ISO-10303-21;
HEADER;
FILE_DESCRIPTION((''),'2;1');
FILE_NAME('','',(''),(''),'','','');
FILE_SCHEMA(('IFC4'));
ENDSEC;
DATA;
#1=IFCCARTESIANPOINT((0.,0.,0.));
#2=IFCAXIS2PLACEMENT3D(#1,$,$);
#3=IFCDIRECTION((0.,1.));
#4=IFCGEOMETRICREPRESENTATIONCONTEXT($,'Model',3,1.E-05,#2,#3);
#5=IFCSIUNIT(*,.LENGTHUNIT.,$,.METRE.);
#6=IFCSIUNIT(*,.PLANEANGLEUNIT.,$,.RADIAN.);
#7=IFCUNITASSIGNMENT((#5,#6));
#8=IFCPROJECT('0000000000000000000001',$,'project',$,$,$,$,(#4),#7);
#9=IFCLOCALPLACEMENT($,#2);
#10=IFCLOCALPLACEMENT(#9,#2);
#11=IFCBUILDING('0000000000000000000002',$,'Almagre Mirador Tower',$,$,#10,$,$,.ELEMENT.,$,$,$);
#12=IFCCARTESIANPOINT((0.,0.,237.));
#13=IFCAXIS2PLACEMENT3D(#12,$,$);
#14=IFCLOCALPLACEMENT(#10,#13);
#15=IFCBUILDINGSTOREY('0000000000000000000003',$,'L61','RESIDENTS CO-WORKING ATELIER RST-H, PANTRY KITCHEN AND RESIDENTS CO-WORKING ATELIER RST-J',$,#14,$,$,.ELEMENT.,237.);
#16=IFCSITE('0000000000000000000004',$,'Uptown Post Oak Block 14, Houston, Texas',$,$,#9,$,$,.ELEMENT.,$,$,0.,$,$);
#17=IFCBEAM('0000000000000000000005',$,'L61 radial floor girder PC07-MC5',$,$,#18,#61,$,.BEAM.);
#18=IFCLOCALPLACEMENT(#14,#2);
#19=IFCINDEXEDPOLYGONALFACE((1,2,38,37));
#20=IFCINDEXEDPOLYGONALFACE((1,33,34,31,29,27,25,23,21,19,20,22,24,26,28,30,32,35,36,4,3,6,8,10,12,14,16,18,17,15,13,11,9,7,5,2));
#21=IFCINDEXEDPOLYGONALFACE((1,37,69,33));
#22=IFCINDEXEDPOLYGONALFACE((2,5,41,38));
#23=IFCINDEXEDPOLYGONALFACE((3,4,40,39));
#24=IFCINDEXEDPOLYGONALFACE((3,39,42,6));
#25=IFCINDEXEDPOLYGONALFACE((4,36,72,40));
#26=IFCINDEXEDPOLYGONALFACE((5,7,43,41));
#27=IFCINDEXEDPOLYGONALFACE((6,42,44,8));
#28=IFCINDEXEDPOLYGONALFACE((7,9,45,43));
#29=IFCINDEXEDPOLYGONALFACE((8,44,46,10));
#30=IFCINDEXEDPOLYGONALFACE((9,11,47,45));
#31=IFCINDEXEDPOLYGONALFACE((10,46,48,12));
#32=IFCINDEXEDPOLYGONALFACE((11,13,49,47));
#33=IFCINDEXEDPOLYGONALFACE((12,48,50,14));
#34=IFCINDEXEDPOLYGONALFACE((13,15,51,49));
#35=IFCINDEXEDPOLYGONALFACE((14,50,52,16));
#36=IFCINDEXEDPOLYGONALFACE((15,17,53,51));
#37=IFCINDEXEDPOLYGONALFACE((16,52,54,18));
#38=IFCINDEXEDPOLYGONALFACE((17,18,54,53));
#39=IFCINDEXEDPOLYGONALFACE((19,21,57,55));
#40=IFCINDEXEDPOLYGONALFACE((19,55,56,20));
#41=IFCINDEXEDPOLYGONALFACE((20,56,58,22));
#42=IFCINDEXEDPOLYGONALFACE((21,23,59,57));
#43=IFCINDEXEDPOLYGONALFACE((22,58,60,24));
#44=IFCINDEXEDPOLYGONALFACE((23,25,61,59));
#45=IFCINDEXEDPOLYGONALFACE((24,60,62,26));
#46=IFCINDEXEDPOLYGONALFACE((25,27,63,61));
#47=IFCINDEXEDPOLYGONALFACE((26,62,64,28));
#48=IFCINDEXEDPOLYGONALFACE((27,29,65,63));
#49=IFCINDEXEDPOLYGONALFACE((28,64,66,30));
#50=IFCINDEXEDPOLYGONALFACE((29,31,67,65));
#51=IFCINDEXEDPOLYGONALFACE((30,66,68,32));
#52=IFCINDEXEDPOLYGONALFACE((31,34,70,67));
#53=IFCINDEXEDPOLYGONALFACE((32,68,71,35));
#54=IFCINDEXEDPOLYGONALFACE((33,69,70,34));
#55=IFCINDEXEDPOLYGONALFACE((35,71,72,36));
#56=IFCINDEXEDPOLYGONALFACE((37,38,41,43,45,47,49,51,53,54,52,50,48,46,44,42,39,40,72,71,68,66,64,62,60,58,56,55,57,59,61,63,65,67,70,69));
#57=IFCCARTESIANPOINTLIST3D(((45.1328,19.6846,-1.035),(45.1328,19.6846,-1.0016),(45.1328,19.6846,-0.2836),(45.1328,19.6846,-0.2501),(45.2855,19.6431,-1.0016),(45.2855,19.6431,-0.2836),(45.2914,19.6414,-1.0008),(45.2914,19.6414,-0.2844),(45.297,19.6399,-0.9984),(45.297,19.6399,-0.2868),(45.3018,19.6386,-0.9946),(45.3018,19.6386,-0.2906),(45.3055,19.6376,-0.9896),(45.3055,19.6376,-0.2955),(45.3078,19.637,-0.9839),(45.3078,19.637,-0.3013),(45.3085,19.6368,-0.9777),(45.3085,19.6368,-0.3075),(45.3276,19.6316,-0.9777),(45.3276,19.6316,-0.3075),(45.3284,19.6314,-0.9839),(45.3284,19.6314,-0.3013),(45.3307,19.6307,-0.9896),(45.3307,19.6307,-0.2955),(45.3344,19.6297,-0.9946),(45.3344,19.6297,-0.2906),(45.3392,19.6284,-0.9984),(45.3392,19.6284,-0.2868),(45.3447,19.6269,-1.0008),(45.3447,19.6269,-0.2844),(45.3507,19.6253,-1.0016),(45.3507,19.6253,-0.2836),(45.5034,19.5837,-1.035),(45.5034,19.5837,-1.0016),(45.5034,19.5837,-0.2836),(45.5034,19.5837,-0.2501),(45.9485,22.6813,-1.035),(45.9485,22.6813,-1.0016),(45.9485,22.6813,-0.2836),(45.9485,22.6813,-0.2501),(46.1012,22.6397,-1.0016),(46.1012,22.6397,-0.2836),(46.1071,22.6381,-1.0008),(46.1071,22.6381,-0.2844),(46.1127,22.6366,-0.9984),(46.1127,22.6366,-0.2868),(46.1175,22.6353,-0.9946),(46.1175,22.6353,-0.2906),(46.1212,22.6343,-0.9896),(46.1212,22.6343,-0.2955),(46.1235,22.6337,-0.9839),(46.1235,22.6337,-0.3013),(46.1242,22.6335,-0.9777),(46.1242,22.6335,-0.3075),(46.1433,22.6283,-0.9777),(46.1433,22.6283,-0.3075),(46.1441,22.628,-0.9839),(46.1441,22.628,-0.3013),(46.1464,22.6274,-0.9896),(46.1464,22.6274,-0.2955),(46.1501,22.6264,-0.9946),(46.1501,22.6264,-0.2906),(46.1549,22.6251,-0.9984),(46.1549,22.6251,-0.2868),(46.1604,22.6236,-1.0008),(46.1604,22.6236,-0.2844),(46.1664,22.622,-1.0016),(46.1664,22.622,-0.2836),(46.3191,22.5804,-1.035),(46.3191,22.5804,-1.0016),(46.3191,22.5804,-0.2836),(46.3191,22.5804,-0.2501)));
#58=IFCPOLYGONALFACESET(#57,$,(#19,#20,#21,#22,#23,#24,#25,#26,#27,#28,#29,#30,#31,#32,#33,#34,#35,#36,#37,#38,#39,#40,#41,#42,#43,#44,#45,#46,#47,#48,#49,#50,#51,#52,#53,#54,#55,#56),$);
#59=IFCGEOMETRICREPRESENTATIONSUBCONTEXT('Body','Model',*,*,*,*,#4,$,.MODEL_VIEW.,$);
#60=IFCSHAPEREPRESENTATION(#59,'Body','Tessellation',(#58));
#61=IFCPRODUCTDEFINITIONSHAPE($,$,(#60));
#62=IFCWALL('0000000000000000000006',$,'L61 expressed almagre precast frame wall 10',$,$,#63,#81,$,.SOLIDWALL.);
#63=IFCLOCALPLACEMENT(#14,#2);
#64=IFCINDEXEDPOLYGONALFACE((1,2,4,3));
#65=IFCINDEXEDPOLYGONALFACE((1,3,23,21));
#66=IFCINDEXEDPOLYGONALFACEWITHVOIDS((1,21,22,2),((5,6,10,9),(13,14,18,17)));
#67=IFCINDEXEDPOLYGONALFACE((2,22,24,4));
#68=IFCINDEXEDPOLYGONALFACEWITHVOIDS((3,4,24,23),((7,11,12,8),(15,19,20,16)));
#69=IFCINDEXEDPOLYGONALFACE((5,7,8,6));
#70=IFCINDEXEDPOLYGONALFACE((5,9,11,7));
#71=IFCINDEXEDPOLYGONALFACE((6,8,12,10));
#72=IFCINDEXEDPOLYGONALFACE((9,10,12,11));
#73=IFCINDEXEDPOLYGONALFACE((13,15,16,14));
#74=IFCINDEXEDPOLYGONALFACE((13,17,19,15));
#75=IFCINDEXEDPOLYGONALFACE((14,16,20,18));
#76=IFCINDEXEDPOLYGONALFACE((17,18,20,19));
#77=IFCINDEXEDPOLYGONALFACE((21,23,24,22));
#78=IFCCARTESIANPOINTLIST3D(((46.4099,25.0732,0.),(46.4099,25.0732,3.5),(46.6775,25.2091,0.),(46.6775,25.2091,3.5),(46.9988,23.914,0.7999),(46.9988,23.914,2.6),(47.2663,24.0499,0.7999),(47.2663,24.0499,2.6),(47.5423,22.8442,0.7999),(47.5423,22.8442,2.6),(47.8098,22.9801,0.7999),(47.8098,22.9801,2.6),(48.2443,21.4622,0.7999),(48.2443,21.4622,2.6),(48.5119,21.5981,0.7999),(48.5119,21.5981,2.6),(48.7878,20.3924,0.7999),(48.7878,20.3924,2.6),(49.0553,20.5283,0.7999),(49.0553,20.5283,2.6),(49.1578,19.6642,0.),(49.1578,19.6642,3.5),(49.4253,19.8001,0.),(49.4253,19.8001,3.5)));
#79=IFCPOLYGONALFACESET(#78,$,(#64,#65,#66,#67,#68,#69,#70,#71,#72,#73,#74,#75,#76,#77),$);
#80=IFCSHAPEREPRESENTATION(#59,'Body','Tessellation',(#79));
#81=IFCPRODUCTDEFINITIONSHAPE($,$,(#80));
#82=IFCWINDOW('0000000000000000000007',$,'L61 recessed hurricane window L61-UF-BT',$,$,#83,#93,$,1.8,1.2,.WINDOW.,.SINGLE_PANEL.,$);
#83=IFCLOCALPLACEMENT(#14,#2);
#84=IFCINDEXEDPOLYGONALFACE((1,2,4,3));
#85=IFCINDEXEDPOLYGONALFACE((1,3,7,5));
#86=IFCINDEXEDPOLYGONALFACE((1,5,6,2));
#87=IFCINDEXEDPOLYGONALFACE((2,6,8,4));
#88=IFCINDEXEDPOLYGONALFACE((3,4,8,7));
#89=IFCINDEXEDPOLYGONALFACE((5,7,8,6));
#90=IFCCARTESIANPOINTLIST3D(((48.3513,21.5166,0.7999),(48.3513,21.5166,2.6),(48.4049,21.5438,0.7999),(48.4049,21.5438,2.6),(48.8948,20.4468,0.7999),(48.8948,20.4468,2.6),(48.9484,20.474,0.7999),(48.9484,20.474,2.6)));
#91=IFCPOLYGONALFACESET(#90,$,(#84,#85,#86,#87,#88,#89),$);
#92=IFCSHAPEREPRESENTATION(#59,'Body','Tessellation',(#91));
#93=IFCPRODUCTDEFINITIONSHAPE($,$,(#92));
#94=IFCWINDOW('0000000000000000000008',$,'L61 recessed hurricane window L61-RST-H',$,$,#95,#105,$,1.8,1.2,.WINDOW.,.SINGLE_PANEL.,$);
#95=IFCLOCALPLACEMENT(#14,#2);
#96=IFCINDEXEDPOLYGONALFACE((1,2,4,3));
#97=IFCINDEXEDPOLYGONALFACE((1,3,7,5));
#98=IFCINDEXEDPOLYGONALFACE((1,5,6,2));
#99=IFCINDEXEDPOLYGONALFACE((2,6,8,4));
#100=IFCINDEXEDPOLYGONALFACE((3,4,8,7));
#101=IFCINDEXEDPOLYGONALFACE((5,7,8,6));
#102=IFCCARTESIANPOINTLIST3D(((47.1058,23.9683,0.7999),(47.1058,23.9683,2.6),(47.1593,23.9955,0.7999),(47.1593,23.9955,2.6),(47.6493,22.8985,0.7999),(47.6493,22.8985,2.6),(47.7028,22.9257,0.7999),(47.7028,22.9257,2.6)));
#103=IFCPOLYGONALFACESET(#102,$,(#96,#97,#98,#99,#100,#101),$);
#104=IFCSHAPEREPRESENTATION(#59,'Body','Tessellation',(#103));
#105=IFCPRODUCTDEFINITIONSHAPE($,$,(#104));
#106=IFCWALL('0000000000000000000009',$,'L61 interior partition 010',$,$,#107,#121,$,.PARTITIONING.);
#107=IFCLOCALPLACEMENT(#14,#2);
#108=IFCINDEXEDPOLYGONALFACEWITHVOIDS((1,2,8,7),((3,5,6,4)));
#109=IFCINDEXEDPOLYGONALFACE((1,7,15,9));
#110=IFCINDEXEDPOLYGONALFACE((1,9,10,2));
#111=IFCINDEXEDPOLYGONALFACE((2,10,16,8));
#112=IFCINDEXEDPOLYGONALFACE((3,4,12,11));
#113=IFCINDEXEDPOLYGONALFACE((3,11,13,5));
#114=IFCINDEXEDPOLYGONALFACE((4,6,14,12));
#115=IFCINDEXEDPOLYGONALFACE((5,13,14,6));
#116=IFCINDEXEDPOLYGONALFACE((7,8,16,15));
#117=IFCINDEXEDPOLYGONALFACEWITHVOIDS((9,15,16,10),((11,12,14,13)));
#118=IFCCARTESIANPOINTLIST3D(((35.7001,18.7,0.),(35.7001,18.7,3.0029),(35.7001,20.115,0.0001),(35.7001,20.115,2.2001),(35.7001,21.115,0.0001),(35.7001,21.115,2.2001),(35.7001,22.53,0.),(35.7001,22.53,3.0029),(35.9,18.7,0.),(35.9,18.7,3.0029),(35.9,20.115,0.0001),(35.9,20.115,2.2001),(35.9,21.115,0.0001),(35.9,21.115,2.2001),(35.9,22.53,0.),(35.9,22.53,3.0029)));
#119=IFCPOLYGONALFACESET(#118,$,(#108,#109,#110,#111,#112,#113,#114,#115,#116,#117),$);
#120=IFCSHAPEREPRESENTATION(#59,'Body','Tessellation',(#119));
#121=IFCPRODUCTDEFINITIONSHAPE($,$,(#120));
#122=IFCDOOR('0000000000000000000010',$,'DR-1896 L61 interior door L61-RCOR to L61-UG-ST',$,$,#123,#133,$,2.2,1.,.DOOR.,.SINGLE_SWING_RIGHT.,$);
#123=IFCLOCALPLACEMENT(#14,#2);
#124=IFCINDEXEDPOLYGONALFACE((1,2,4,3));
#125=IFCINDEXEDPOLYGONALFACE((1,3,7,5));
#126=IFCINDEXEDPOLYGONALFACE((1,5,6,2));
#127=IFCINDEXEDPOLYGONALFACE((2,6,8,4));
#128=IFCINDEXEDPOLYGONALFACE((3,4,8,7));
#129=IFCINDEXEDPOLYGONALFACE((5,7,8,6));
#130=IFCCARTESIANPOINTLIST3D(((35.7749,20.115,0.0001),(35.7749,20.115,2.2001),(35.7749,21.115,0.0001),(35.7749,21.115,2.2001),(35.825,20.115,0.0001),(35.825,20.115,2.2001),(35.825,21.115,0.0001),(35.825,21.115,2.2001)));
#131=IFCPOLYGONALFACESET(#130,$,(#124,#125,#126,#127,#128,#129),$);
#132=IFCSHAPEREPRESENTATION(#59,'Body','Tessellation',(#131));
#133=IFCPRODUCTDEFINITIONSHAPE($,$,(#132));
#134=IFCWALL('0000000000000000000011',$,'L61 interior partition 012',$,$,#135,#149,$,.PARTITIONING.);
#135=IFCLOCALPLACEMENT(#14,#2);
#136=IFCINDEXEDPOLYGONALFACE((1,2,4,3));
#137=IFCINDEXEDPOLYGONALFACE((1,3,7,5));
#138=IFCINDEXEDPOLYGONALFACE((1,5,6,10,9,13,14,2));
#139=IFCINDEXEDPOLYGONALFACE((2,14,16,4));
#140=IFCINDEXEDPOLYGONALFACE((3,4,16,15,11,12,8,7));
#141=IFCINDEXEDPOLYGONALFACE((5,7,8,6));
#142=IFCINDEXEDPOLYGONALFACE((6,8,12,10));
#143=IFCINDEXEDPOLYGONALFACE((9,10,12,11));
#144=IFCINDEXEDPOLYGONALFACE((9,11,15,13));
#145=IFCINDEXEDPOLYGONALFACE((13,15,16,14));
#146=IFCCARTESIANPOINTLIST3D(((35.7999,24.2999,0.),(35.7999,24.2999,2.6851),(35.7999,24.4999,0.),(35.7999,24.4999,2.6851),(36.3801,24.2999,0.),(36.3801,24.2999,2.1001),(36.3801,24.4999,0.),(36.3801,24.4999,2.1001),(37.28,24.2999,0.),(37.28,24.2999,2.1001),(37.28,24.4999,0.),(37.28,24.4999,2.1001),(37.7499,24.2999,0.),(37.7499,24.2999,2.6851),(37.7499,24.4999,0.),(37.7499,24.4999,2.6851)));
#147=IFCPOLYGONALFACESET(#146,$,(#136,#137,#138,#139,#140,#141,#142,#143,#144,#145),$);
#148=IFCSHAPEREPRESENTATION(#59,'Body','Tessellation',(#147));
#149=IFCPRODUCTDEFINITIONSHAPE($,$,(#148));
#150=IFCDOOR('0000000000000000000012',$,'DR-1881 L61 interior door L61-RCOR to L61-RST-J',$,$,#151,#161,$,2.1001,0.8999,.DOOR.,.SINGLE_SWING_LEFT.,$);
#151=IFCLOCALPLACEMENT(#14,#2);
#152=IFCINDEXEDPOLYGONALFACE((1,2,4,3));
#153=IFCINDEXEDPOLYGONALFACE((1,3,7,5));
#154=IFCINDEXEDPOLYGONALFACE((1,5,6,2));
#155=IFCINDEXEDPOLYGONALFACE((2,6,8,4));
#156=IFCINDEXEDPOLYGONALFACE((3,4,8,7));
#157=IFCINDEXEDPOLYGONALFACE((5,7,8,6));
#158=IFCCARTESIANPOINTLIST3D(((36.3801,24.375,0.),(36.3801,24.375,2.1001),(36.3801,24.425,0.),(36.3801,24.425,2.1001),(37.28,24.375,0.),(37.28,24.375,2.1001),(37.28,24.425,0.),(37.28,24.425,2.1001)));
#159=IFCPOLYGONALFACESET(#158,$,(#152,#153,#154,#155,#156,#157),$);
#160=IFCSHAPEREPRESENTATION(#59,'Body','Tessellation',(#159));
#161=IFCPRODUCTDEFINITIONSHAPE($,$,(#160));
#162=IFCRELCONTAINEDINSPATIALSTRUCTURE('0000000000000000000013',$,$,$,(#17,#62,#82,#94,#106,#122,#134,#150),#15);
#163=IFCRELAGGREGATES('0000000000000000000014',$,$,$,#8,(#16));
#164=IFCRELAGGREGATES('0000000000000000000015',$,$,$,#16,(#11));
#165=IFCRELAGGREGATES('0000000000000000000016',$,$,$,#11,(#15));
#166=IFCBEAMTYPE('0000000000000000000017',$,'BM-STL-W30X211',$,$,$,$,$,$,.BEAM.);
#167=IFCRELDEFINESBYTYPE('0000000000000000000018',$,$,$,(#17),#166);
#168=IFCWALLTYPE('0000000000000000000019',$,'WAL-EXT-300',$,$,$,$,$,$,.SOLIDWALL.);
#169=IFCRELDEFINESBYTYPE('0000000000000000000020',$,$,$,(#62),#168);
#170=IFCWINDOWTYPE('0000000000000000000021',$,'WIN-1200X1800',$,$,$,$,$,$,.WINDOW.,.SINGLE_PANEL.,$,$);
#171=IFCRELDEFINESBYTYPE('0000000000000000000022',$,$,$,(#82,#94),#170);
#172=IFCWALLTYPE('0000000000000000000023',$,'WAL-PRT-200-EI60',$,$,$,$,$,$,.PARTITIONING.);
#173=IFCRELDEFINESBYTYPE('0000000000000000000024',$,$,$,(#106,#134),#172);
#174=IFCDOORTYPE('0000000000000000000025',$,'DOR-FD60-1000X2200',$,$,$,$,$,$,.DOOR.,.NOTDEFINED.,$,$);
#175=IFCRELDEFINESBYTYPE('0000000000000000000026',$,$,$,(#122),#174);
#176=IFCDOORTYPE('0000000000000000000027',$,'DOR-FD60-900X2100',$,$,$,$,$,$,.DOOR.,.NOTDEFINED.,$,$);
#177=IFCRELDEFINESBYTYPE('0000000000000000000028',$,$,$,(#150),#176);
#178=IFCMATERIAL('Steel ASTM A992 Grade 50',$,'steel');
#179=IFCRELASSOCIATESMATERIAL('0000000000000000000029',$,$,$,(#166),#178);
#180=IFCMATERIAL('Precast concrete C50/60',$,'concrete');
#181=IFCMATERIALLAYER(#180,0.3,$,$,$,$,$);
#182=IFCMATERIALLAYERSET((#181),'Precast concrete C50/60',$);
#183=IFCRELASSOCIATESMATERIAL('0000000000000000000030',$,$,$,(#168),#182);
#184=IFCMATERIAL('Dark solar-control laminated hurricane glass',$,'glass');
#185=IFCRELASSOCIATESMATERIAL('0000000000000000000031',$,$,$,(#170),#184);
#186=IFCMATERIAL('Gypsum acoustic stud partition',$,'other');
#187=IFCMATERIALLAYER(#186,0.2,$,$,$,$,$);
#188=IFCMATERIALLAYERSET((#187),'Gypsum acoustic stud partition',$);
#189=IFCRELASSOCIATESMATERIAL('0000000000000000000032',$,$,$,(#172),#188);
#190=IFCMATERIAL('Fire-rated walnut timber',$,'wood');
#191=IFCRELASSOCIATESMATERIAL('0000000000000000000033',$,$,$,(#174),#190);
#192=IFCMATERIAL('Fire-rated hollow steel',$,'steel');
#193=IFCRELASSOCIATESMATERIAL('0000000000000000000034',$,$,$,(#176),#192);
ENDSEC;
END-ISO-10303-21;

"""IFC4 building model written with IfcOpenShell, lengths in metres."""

from ifc_helpers import new_model, si_unit, direction, frame, frame_2d, origin, origin_2d, place, context, subcontext, project, spatial, rectangle, i_section, extrude, material, layer, layer_set, material_profile, profile_set, type_object, element, fill, save


model = new_model("IFC4")

# Units and contexts
model_context = context("Model", 3, precision=1e-05, world=origin(), true_north=direction((0.0, 1.0)))
body_context = subcontext(model_context, "Body", "Model", "MODEL_VIEW")
ifc_project = project(units=[si_unit("LENGTHUNIT", "METRE"), si_unit("PLANEANGLEUNIT", "RADIAN")], contexts=[model_context])

# Site, building, storey
site_placement = place(None, origin())
site = spatial("IfcSite", under=ifc_project, at=site_placement, Name="Uptown Post Oak Block 14, Houston, Texas", CompositionType="ELEMENT", RefElevation=0.0)
building_placement = place(site_placement, origin())
building = spatial("IfcBuilding", under=site, at=building_placement, Name="Almagre Mirador Tower", CompositionType="ELEMENT")
storey_placement = place(building_placement, frame((0.0, 0.0, 237.0)))
storey = spatial("IfcBuildingStorey", under=building, at=storey_placement, Name="L61", Description="RESIDENTS CO-WORKING ATELIER RST-H, PANTRY KITCHEN AND RESIDENTS CO-WORKING ATELIER RST-J", CompositionType="ELEMENT", Elevation=237.0)

# Beam
ifc_material_1 = material(Name="Steel ASTM A992 Grade 50", Category="steel")
ifc_material_profile_1 = material_profile(ifc_material_1, i_section(OverallWidth=0.384, OverallDepth=0.7849, WebThickness=0.0198, FlangeThickness=0.0334, FilletRadius=0.0239, at=origin_2d()), Name="W30X211")
ifc_profile_set_1 = profile_set([ifc_material_profile_1], Name="Steel ASTM A992 Grade 50")
beam_type_1 = type_object("IfcBeamType", Name="BM-STL-W30X211", PredefinedType="BEAM", material=ifc_profile_set_1)
beam_1_placement = place(storey_placement, frame((46.1338, 22.6309, -0.6426), z_axis=(-0.262645, -0.964893, 0.0), x_axis=(0.964893, -0.262645, 0.0)))
element("IfcBeam", 1, at=beam_1_placement, inside=storey, type_object=beam_type_1, Name="L61 radial floor girder PC07-MC5", PredefinedType="BEAM", context=body_context, shape_type="SweptSolid", body=[
    extrude(i_section(OverallWidth=0.384, OverallDepth=0.7849, WebThickness=0.0198, FlangeThickness=0.0334, FilletRadius=0.0239, at=origin_2d()), origin(), (0.0, 0.0, 1.0), 3.1057),
])

# Wall, openings, windows
ifc_material_2 = material(Name="Precast concrete C50/60", Category="concrete")
ifc_layer_1 = layer(ifc_material_2, 0.3)
ifc_layer_set_1 = layer_set([ifc_layer_1], Name="Precast concrete C50/60")
wall_type_1 = type_object("IfcWallType", Name="WAL-EXT-300", PredefinedType="SOLIDWALL", material=ifc_layer_set_1)
wall_1_placement = place(storey_placement, frame((46.5437, 25.1411, 0.0), z_axis=(0.0, 0.0, 1.0), x_axis=(0.452919, -0.891552, 0.0)))
wall_1 = element("IfcWall", 2, at=wall_1_placement, inside=storey, type_object=wall_type_1, Name="L61 expressed almagre precast frame wall 10", PredefinedType="SOLIDWALL", context=body_context, shape_type="SweptSolid", body=[
    extrude(rectangle(XDim=6.0669, YDim=0.3, at=frame_2d((3.0334, 0.0))), origin(), (0.0, 0.0, 1.0), 3.5),
])
opening_1_placement = place(wall_1_placement, frame((4.05, 0.0, 0.8)))
opening_1 = element("IfcOpeningElement", 3, at=opening_1_placement, cuts=wall_1, PredefinedType="OPENING", context=body_context, shape_type="SweptSolid", body=[
    extrude(rectangle(XDim=1.2, YDim=1.8, at=frame_2d((0.6001, 0.8999))), frame((0.0, 0.1599, 0.0), z_axis=(0.0, -1.0, 0.0), x_axis=(1.0, 0.0, 0.0)), (0.0, 0.0, 1.0), 0.32),
])
opening_2_placement = place(wall_1_placement, frame((1.3, 0.0, 0.8)))
opening_2 = element("IfcOpeningElement", 4, at=opening_2_placement, cuts=wall_1, PredefinedType="OPENING", context=body_context, shape_type="SweptSolid", body=[
    extrude(rectangle(XDim=1.2, YDim=1.8, at=frame_2d((0.6001, 0.8999))), frame((0.0, 0.1599, 0.0), z_axis=(0.0, -1.0, 0.0), x_axis=(1.0, 0.0, 0.0)), (0.0, 0.0, 1.0), 0.32),
])
ifc_material_3 = material(Name="Dark solar-control laminated hurricane glass", Category="glass")
window_type = type_object("IfcWindowType", Name="WIN-1200X1800", PartitioningType="SINGLE_PANEL", PredefinedType="WINDOW", material=ifc_material_3)
window_1_placement = place(opening_1_placement, origin())
window_1 = element("IfcWindow", 5, at=window_1_placement, inside=storey, type_object=window_type, Name="L61 recessed hurricane window L61-UF-BT", OverallHeight=1.8, OverallWidth=1.2, PartitioningType="SINGLE_PANEL", PredefinedType="WINDOW", context=body_context, shape_type="SweptSolid", body=[
    extrude(rectangle(XDim=1.2, YDim=1.8, at=frame_2d((0.6001, 0.8999))), frame((0.0, 0.03, 0.0), z_axis=(0.0, -1.0, 0.0), x_axis=(1.0, 0.0, 0.0)), (0.0, 0.0, 1.0), 0.0601),
])
fill(opening_1, window_1)
window_2_placement = place(opening_2_placement, origin())
window_2 = element("IfcWindow", 6, at=window_2_placement, inside=storey, type_object=window_type, Name="L61 recessed hurricane window L61-RST-H", OverallHeight=1.8, OverallWidth=1.2, PartitioningType="SINGLE_PANEL", PredefinedType="WINDOW", context=body_context, shape_type="SweptSolid", body=[
    extrude(rectangle(XDim=1.2, YDim=1.8, at=frame_2d((0.6001, 0.8999))), frame((0.0, 0.03, 0.0), z_axis=(0.0, -1.0, 0.0), x_axis=(1.0, 0.0, 0.0)), (0.0, 0.0, 1.0), 0.0601),
])
fill(opening_2, window_2)

# Walls, openings, doors
ifc_material_4 = material(Name="Gypsum acoustic stud partition", Category="other")
ifc_layer_2 = layer(ifc_material_4, 0.2)
ifc_layer_set_2 = layer_set([ifc_layer_2], Name="Gypsum acoustic stud partition")
wall_type_2 = type_object("IfcWallType", Name="WAL-PRT-200-EI60", PredefinedType="PARTITIONING", material=ifc_layer_set_2)
wall_2_placement = place(storey_placement, frame((35.8, 22.53, 0.0), z_axis=(0.0, 0.0, 1.0), x_axis=(0.0, -1.0, 0.0)))
wall_2 = element("IfcWall", 7, at=wall_2_placement, inside=storey, type_object=wall_type_2, Name="L61 interior partition 010", PredefinedType="PARTITIONING", context=body_context, shape_type="SweptSolid", body=[
    extrude(rectangle(XDim=3.8301, YDim=0.2, at=frame_2d((1.915, 0.0))), origin(), (0.0, 0.0, 1.0), 3.0029),
])
opening_3_placement = place(wall_2_placement, frame((1.415, 0.0, 0.0)))
opening_3 = element("IfcOpeningElement", 8, at=opening_3_placement, cuts=wall_2, PredefinedType="OPENING", context=body_context, shape_type="SweptSolid", body=[
    extrude(rectangle(XDim=1.0, YDim=2.2, at=frame_2d((0.5, 1.1001))), frame((0.0, 0.1101, 0.0), z_axis=(0.0, -1.0, 0.0), x_axis=(1.0, 0.0, 0.0)), (0.0, 0.0, 1.0), 0.22),
])
ifc_material_5 = material(Name="Fire-rated walnut timber", Category="wood")
door_type_1 = type_object("IfcDoorType", Name="DOR-FD60-1000X2200", OperationType="NOTDEFINED", PredefinedType="DOOR", material=ifc_material_5)
door_1_placement = place(opening_3_placement, origin())
door_1 = element("IfcDoor", 9, at=door_1_placement, inside=storey, type_object=door_type_1, Name="DR-1896 L61 interior door L61-RCOR to L61-UG-ST", OperationType="SINGLE_SWING_RIGHT", OverallHeight=2.2, OverallWidth=1.0, PredefinedType="DOOR", context=body_context, shape_type="SweptSolid", body=[
    extrude(rectangle(XDim=1.0, YDim=2.2, at=frame_2d((0.5, 1.1001))), frame((0.0, 0.0249, 0.0), z_axis=(0.0, -1.0, 0.0), x_axis=(1.0, 0.0, 0.0)), (0.0, 0.0, 1.0), 0.05),
])
fill(opening_3, door_1)
wall_3_placement = place(storey_placement, frame((37.75, 24.3999, 0.0), z_axis=(0.0, 0.0, 1.0), x_axis=(-1.0, 0.0, 0.0)))
wall_3 = element("IfcWall", 10, at=wall_3_placement, inside=storey, type_object=wall_type_2, Name="L61 interior partition 012", PredefinedType="PARTITIONING", context=body_context, shape_type="SweptSolid", body=[
    extrude(rectangle(XDim=1.95, YDim=0.2, at=frame_2d((0.9751, 0.0))), origin(), (0.0, 0.0, 1.0), 2.6851),
])
opening_4_placement = place(wall_3_placement, frame((0.47, 0.0, 0.0)))
opening_4 = element("IfcOpeningElement", 11, at=opening_4_placement, cuts=wall_3, PredefinedType="OPENING", context=body_context, shape_type="SweptSolid", body=[
    extrude(rectangle(XDim=0.8999, YDim=2.1001, at=frame_2d((0.45, 1.05))), frame((0.0, 0.1101, 0.0), z_axis=(0.0, -1.0, 0.0), x_axis=(1.0, 0.0, 0.0)), (0.0, 0.0, 1.0), 0.22),
])
ifc_material_6 = material(Name="Fire-rated hollow steel", Category="steel")
door_type_2 = type_object("IfcDoorType", Name="DOR-FD60-900X2100", OperationType="NOTDEFINED", PredefinedType="DOOR", material=ifc_material_6)
door_2_placement = place(opening_4_placement, origin())
door_2 = element("IfcDoor", 12, at=door_2_placement, inside=storey, type_object=door_type_2, Name="DR-1881 L61 interior door L61-RCOR to L61-RST-J", OperationType="SINGLE_SWING_LEFT", OverallHeight=2.1001, OverallWidth=0.8999, PredefinedType="DOOR", context=body_context, shape_type="SweptSolid", body=[
    extrude(rectangle(XDim=0.8999, YDim=2.1001, at=frame_2d((0.45, 1.05))), frame((0.0, 0.0249, 0.0), z_axis=(0.0, -1.0, 0.0), x_axis=(1.0, 0.0, 0.0)), (0.0, 0.0, 1.0), 0.05),
])
fill(opening_4, door_2)

save(model, "model.ifc")
